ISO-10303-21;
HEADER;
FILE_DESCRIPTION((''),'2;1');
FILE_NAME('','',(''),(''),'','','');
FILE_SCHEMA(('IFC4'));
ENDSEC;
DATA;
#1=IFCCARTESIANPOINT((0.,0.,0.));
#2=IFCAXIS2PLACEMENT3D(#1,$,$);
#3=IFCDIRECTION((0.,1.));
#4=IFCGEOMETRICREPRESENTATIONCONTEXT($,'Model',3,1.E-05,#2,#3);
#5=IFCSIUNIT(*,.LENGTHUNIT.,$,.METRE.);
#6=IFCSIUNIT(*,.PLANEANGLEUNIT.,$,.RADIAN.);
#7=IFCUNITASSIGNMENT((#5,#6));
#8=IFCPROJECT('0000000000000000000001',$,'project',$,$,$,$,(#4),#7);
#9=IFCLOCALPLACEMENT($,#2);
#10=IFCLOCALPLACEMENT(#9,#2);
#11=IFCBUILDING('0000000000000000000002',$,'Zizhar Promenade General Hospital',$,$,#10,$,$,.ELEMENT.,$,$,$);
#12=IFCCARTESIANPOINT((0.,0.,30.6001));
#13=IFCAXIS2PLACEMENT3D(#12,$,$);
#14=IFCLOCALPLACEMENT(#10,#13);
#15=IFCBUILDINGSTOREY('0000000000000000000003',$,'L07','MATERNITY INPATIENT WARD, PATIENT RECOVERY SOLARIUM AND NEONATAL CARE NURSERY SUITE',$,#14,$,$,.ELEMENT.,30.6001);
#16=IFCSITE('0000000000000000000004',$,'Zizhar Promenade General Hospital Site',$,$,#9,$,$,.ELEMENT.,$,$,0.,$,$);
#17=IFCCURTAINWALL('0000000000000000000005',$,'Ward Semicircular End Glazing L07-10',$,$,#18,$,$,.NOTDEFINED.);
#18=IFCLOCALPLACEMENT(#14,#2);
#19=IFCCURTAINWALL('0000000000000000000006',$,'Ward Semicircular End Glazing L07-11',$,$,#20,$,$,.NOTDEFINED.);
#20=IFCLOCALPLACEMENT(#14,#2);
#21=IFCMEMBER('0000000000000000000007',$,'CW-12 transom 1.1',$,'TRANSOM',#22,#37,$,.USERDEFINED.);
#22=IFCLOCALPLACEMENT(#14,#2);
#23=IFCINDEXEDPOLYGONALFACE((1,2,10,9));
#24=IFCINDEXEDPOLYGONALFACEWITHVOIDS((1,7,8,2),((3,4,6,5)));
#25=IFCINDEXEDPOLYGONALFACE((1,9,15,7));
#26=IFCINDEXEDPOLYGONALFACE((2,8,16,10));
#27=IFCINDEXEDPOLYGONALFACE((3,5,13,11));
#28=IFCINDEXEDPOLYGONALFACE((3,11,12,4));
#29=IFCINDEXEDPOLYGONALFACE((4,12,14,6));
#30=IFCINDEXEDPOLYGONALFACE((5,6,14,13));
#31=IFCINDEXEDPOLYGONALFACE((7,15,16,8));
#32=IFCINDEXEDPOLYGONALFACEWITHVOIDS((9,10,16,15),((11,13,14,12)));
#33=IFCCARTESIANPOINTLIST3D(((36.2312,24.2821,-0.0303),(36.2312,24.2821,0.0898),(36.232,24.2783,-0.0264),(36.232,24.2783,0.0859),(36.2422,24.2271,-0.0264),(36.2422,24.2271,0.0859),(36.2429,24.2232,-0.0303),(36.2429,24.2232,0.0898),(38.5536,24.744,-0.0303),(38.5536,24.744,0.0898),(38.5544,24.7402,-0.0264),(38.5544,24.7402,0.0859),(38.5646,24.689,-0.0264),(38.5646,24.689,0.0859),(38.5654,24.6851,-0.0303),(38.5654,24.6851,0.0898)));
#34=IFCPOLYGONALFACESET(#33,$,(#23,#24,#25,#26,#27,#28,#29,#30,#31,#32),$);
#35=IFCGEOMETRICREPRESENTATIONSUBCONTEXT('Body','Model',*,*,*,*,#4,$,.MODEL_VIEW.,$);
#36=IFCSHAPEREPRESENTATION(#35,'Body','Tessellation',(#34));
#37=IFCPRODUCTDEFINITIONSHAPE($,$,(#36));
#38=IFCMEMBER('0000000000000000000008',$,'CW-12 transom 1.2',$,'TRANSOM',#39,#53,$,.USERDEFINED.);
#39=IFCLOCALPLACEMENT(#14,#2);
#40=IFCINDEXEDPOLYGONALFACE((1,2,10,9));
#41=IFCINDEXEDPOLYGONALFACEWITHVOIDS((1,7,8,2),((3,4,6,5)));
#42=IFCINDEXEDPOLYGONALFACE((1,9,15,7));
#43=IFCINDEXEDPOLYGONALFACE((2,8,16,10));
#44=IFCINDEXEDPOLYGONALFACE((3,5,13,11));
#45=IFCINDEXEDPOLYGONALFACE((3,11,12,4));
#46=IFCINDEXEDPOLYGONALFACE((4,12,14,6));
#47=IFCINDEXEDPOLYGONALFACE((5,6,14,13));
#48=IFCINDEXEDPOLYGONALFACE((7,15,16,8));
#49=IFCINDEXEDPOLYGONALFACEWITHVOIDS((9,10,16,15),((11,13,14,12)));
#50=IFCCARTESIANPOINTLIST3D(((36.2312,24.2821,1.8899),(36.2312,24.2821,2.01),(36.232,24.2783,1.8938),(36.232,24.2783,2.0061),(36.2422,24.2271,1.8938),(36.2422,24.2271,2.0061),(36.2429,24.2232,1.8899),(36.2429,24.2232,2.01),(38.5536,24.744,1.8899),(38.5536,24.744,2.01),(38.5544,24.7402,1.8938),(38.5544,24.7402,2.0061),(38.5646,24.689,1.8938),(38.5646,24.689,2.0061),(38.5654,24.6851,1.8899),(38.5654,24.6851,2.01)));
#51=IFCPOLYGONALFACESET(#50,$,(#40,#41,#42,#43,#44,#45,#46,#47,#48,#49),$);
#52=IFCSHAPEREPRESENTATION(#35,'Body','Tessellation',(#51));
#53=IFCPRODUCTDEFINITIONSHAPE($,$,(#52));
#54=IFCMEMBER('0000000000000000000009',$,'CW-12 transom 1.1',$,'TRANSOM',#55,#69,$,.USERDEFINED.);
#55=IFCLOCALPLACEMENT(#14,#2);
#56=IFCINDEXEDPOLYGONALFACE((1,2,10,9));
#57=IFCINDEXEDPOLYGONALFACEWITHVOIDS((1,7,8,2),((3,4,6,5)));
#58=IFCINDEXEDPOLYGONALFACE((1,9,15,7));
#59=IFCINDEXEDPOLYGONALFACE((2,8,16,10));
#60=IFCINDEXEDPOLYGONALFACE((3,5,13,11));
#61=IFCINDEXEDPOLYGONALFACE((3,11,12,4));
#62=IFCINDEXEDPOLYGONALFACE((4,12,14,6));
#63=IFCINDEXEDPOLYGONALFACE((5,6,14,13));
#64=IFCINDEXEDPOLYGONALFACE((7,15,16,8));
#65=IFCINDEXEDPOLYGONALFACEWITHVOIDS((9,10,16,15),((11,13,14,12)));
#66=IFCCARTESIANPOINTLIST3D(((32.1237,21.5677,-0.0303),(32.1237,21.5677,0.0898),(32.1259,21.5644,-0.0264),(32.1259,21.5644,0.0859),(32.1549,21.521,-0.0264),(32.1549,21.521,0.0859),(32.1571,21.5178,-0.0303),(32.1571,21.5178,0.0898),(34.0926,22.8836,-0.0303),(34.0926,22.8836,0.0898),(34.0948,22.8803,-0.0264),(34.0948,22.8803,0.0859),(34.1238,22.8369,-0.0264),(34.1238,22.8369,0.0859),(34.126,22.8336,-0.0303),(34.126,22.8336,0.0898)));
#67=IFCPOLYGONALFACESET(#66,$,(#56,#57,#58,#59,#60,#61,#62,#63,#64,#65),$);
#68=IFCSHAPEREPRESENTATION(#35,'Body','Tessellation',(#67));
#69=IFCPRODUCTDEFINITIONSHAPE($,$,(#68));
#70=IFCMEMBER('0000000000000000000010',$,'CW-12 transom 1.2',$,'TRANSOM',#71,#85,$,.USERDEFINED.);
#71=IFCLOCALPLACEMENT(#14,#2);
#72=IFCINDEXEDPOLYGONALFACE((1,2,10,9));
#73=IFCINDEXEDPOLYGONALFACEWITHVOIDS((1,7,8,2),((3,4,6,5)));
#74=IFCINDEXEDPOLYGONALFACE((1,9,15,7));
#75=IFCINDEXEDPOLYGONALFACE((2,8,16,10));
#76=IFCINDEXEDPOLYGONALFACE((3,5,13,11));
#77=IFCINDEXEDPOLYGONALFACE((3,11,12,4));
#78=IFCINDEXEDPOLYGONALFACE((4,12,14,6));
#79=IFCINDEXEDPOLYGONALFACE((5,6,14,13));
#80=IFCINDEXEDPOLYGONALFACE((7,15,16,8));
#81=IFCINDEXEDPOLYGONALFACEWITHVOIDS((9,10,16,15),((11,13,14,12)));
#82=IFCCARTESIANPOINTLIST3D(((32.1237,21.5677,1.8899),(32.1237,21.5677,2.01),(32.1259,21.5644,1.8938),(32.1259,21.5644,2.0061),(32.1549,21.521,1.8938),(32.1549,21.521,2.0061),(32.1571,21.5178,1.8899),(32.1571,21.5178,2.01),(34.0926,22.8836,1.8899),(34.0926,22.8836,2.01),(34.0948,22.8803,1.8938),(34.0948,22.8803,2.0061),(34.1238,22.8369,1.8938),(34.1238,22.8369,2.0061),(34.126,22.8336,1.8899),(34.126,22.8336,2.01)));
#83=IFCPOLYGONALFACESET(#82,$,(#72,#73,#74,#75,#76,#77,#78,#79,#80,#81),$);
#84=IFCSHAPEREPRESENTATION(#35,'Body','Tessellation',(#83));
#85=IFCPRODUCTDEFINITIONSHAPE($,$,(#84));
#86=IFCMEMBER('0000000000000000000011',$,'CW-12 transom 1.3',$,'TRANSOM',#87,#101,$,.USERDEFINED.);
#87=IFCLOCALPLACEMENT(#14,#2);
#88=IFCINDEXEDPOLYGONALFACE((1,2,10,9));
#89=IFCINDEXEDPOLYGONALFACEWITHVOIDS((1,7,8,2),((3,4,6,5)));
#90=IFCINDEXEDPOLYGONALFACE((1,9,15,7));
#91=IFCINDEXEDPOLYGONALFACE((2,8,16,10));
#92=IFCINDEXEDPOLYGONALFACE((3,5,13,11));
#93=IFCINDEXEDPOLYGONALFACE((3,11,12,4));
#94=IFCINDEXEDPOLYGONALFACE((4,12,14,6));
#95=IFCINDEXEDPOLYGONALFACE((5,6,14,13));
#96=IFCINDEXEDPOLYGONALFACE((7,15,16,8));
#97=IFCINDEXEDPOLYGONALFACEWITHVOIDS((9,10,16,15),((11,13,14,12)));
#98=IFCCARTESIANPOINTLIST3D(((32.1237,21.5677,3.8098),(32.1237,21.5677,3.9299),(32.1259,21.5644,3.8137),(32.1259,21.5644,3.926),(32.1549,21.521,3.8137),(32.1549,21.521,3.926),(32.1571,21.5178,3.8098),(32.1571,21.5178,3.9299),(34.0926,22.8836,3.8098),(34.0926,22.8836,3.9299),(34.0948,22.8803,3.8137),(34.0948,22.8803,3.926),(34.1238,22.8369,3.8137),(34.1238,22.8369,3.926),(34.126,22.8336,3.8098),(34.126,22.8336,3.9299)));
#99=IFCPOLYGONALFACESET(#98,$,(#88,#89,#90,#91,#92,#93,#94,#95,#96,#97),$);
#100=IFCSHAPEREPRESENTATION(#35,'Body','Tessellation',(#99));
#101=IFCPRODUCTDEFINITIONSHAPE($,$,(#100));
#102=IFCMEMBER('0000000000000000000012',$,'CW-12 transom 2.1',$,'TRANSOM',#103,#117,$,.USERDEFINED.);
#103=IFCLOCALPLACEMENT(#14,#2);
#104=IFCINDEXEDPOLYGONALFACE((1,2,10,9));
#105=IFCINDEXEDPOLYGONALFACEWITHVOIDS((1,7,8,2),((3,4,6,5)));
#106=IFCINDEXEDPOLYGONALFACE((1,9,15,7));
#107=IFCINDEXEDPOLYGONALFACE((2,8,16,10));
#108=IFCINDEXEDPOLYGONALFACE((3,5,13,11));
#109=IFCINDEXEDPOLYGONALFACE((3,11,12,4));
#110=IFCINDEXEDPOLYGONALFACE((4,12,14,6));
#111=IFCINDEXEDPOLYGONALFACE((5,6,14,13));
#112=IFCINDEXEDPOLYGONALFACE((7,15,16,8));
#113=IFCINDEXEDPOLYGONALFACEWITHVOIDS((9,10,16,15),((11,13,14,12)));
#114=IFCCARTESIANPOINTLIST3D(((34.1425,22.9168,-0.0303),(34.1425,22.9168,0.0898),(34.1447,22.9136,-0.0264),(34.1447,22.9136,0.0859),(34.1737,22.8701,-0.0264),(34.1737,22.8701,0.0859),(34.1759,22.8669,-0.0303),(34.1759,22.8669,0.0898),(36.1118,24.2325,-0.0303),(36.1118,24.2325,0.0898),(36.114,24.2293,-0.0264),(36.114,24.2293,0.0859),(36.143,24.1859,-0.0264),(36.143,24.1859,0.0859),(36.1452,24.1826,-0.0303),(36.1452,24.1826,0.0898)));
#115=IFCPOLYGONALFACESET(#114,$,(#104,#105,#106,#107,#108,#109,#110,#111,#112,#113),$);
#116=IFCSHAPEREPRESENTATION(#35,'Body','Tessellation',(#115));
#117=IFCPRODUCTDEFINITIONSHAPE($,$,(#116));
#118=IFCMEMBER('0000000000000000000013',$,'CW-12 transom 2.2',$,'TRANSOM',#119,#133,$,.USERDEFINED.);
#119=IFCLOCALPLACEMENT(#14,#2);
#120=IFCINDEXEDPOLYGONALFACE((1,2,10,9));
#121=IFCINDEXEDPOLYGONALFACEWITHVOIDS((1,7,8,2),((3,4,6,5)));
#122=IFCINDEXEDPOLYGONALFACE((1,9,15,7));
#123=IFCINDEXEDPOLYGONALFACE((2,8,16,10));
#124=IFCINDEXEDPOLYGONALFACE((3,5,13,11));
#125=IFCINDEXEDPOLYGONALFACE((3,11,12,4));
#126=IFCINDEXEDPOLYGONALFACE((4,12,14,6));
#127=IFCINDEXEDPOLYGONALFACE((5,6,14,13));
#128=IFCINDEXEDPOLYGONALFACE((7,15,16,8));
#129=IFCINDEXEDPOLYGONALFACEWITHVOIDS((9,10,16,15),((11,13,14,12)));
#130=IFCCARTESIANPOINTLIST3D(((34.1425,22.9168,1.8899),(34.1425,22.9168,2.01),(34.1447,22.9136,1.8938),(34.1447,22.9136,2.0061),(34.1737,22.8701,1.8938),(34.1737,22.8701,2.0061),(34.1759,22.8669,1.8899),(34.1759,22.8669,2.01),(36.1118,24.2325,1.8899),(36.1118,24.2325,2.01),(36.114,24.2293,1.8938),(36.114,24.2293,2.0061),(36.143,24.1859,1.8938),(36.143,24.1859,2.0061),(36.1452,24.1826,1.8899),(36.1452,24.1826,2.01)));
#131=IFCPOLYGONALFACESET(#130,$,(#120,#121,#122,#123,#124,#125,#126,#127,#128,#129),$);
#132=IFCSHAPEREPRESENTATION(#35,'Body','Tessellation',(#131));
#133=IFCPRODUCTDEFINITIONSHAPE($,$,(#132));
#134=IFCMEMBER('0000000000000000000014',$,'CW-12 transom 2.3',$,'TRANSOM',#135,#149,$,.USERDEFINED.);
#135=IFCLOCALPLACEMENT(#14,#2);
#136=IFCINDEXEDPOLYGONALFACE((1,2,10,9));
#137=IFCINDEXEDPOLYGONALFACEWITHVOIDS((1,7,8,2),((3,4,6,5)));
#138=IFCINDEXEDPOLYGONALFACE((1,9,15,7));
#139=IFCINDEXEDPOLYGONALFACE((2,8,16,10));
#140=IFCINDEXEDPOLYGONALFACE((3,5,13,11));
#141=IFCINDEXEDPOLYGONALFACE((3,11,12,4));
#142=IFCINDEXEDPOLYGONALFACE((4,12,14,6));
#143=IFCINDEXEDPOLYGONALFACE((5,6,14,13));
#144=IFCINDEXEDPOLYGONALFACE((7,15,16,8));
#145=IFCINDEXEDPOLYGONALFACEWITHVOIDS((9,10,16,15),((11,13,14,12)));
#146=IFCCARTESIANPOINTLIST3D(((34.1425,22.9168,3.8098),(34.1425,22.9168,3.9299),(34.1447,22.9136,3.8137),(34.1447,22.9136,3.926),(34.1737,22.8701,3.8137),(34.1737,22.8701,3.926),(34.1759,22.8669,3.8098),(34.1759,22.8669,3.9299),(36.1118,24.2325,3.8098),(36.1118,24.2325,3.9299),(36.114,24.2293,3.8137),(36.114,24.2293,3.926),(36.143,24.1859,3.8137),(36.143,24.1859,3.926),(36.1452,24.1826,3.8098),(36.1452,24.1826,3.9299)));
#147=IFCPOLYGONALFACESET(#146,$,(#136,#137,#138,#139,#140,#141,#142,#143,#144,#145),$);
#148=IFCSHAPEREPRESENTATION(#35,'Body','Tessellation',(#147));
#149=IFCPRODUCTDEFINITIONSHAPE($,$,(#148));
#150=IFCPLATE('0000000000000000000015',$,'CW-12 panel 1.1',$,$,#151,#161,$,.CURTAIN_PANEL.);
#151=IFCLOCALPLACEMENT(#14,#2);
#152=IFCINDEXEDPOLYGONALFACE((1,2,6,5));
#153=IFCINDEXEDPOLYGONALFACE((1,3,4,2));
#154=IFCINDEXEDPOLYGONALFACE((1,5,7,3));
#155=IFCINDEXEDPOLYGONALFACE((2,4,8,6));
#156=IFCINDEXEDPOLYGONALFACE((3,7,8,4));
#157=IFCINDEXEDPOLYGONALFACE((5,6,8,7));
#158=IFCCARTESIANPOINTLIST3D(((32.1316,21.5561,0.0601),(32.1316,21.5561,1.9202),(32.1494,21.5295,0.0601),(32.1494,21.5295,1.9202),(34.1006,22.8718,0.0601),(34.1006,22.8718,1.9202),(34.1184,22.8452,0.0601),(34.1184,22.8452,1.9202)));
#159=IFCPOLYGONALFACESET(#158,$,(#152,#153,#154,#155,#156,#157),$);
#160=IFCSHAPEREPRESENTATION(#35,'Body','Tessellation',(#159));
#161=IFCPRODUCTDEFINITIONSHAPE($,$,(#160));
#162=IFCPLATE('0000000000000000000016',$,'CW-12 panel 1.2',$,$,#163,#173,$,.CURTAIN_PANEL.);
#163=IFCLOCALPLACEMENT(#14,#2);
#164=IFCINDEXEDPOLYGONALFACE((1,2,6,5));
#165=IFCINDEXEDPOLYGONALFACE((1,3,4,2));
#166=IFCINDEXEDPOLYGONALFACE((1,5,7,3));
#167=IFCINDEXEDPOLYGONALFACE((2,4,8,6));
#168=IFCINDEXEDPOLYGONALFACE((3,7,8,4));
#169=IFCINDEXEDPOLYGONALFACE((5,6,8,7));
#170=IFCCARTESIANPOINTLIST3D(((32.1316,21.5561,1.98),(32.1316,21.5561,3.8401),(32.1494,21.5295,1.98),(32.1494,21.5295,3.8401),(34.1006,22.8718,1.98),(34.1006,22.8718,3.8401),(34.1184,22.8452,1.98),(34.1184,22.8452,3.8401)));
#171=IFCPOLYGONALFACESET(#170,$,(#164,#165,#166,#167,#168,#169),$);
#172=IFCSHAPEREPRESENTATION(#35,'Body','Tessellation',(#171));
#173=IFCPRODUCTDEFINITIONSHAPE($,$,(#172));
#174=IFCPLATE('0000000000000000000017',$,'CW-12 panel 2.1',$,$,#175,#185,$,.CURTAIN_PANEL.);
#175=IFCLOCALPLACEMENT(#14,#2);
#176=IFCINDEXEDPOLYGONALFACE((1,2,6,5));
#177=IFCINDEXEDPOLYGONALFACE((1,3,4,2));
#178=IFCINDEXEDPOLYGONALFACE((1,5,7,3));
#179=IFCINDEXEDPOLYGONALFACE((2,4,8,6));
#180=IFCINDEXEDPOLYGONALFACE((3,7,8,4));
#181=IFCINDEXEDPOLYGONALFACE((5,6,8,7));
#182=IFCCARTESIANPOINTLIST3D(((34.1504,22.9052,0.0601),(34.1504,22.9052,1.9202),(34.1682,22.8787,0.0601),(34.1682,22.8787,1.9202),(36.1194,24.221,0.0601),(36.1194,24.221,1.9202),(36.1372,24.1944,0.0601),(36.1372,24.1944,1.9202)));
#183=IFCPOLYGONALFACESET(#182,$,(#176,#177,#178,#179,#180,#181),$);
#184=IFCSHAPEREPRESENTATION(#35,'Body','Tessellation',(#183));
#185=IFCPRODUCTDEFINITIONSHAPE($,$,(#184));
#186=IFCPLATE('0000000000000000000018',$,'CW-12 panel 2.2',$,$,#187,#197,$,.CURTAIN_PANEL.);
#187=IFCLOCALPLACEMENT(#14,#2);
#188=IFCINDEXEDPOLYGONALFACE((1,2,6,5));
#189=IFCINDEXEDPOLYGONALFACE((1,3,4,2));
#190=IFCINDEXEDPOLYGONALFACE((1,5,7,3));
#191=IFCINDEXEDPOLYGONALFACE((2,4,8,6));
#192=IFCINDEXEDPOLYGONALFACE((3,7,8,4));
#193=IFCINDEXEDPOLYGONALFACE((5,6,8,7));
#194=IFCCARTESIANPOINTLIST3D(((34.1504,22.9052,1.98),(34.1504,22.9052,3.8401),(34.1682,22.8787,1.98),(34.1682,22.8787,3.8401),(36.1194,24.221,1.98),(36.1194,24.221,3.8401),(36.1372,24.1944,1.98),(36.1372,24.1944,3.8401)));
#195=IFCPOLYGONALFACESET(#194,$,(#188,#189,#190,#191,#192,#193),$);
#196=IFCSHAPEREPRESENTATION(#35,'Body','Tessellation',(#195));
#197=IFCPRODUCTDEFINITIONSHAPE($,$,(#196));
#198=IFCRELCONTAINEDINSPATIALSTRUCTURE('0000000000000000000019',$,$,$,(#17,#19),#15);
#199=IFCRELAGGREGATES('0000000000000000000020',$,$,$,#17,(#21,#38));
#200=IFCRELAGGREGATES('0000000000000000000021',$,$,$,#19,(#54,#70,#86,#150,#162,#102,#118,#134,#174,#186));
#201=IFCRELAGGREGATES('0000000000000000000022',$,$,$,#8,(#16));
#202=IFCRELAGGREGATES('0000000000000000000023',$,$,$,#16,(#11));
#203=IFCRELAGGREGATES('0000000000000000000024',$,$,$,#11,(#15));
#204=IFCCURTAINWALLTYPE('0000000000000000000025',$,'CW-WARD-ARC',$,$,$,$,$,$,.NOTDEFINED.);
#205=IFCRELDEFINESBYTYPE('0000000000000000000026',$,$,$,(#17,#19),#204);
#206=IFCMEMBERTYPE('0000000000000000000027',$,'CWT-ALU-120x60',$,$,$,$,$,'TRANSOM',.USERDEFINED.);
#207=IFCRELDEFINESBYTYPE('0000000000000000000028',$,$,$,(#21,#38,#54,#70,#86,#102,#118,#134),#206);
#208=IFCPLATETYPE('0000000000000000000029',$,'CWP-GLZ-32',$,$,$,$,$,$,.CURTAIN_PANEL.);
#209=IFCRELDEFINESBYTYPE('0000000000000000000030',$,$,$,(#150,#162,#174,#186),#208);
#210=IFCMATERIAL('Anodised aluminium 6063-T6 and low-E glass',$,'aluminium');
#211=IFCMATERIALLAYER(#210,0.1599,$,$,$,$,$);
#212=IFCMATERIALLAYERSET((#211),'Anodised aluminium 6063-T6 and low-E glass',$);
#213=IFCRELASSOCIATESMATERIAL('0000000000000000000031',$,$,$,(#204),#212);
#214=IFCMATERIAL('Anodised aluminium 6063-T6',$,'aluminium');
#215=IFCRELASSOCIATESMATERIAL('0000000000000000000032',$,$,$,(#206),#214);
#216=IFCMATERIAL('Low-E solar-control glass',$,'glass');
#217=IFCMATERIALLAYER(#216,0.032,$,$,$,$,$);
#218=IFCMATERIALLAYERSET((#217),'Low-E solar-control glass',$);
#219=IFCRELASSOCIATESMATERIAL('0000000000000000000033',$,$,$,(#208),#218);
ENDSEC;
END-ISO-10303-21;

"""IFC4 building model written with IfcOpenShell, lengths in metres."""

from ifc_helpers import new_model, si_unit, direction, frame, origin, origin_2d, place, context, subcontext, project, spatial, rectangle, hollow_rectangle, extrude, material, layer, layer_set, material_profile, profile_set, type_object, element, aggregate, save


model = new_model("IFC4")

# Units and contexts
model_context = context("Model", 3, precision=1e-05, world=origin(), true_north=direction((0.0, 1.0)))
body_context = subcontext(model_context, "Body", "Model", "MODEL_VIEW")
ifc_project = project(units=[si_unit("LENGTHUNIT", "METRE"), si_unit("PLANEANGLEUNIT", "RADIAN")], contexts=[model_context])

# Site, building, storey
site_placement = place(None, origin())
site = spatial("IfcSite", under=ifc_project, at=site_placement, Name="Zizhar Promenade General Hospital Site", CompositionType="ELEMENT", RefElevation=0.0)
building_placement = place(site_placement, origin())
building = spatial("IfcBuilding", under=site, at=building_placement, Name="Zizhar Promenade General Hospital", CompositionType="ELEMENT")
storey_placement = place(building_placement, frame((0.0, 0.0, 30.6001)))
storey = spatial("IfcBuildingStorey", under=building, at=storey_placement, Name="L07", Description="MATERNITY INPATIENT WARD, PATIENT RECOVERY SOLARIUM AND NEONATAL CARE NURSERY SUITE", CompositionType="ELEMENT", Elevation=30.6001)

# Curtain wall
ifc_material_1 = material(Name="Anodised aluminium 6063-T6 and low-E glass", Category="aluminium")
ifc_layer_1 = layer(ifc_material_1, 0.1599)
ifc_layer_set_1 = layer_set([ifc_layer_1], Name="Anodised aluminium 6063-T6 and low-E glass")
curtain_wall_type = type_object("IfcCurtainWallType", Name="CW-WARD-ARC", PredefinedType="NOTDEFINED", material=ifc_layer_set_1)
curtain_wall_1_placement = place(storey_placement, origin())
curtain_wall_1 = element("IfcCurtainWall", 1, at=curtain_wall_1_placement, inside=storey, type_object=curtain_wall_type, Name="Ward Semicircular End Glazing L07-10", PredefinedType="NOTDEFINED")

# Curtain wall
curtain_wall_2_placement = place(storey_placement, origin())
curtain_wall_2 = element("IfcCurtainWall", 2, at=curtain_wall_2_placement, inside=storey, type_object=curtain_wall_type, Name="Ward Semicircular End Glazing L07-11", PredefinedType="NOTDEFINED")

# Members
ifc_material_2 = material(Name="Anodised aluminium 6063-T6", Category="aluminium")
ifc_material_profile_1 = material_profile(ifc_material_2, hollow_rectangle(XDim=0.0601, YDim=0.1201, WallThickness=0.0039, at=origin_2d()))
ifc_profile_set_1 = profile_set([ifc_material_profile_1], Name="Anodised aluminium 6063-T6")
member_type_1 = type_object("IfcMemberType", Name="CWT-ALU-120x60", ElementType="TRANSOM", PredefinedType="USERDEFINED", material=ifc_profile_set_1)
member_1_placement = place(storey_placement, frame((36.2371, 24.2527, 0.0298), z_axis=(0.98079, 0.195065, 0.0), x_axis=(-0.195065, 0.98079, 0.0)))
member_1 = element("IfcMember", 3, at=member_1_placement, type_object=member_type_1, Name="CW-12 transom 1.1", ObjectType="TRANSOM", PredefinedType="USERDEFINED", context=body_context, shape_type="SweptSolid", body=[
    extrude(hollow_rectangle(XDim=0.0601, YDim=0.1201, WallThickness=0.0039, at=origin_2d()), origin(), (0.0, 0.0, 1.0), 2.3679),
])
member_2_placement = place(storey_placement, frame((36.2371, 24.2527, 1.95), z_axis=(0.98079, 0.195065, 0.0), x_axis=(-0.195065, 0.98079, 0.0)))
member_2 = element("IfcMember", 4, at=member_2_placement, type_object=member_type_1, Name="CW-12 transom 1.2", ObjectType="TRANSOM", PredefinedType="USERDEFINED", context=body_context, shape_type="SweptSolid", body=[
    extrude(hollow_rectangle(XDim=0.0601, YDim=0.1201, WallThickness=0.0039, at=origin_2d()), origin(), (0.0, 0.0, 1.0), 2.3679),
])
aggregate(curtain_wall_1, [member_1, member_2])
member_3_placement = place(storey_placement, frame((32.1404, 21.5427, 0.0298), z_axis=(0.831415, 0.555651, 0.0), x_axis=(-0.555651, 0.831415, 0.0)))
member_3 = element("IfcMember", 5, at=member_3_placement, type_object=member_type_1, Name="CW-12 transom 1.1", ObjectType="TRANSOM", PredefinedType="USERDEFINED", context=body_context, shape_type="SweptSolid", body=[
    extrude(hollow_rectangle(XDim=0.0601, YDim=0.1201, WallThickness=0.0039, at=origin_2d()), origin(), (0.0, 0.0, 1.0), 2.3682),
])
member_4_placement = place(storey_placement, frame((32.1404, 21.5427, 1.95), z_axis=(0.831415, 0.555651, 0.0), x_axis=(-0.555651, 0.831415, 0.0)))
member_4 = element("IfcMember", 6, at=member_4_placement, type_object=member_type_1, Name="CW-12 transom 1.2", ObjectType="TRANSOM", PredefinedType="USERDEFINED", context=body_context, shape_type="SweptSolid", body=[
    extrude(hollow_rectangle(XDim=0.0601, YDim=0.1201, WallThickness=0.0039, at=origin_2d()), origin(), (0.0, 0.0, 1.0), 2.3682),
])
member_5_placement = place(storey_placement, frame((32.1404, 21.5427, 3.8699), z_axis=(0.831415, 0.555651, 0.0), x_axis=(-0.555651, 0.831415, 0.0)))
member_5 = element("IfcMember", 7, at=member_5_placement, type_object=member_type_1, Name="CW-12 transom 1.3", ObjectType="TRANSOM", PredefinedType="USERDEFINED", context=body_context, shape_type="SweptSolid", body=[
    extrude(hollow_rectangle(XDim=0.0601, YDim=0.1201, WallThickness=0.0039, at=origin_2d()), origin(), (0.0, 0.0, 1.0), 2.3682),
])
member_6_placement = place(storey_placement, frame((34.1592, 22.8918, 0.0298), z_axis=(0.831495, 0.555533, 0.0), x_axis=(-0.555533, 0.831495, 0.0)))
member_6 = element("IfcMember", 8, at=member_6_placement, type_object=member_type_1, Name="CW-12 transom 2.1", ObjectType="TRANSOM", PredefinedType="USERDEFINED", context=body_context, shape_type="SweptSolid", body=[
    extrude(hollow_rectangle(XDim=0.0601, YDim=0.1201, WallThickness=0.0039, at=origin_2d()), origin(), (0.0, 0.0, 1.0), 2.3684),
])
member_7_placement = place(storey_placement, frame((34.1592, 22.8918, 1.95), z_axis=(0.831495, 0.555533, 0.0), x_axis=(-0.555533, 0.831495, 0.0)))
member_7 = element("IfcMember", 9, at=member_7_placement, type_object=member_type_1, Name="CW-12 transom 2.2", ObjectType="TRANSOM", PredefinedType="USERDEFINED", context=body_context, shape_type="SweptSolid", body=[
    extrude(hollow_rectangle(XDim=0.0601, YDim=0.1201, WallThickness=0.0039, at=origin_2d()), origin(), (0.0, 0.0, 1.0), 2.3684),
])
member_8_placement = place(storey_placement, frame((34.1592, 22.8918, 3.8699), z_axis=(0.831495, 0.555533, 0.0), x_axis=(-0.555533, 0.831495, 0.0)))
member_8 = element("IfcMember", 10, at=member_8_placement, type_object=member_type_1, Name="CW-12 transom 2.3", ObjectType="TRANSOM", PredefinedType="USERDEFINED", context=body_context, shape_type="SweptSolid", body=[
    extrude(hollow_rectangle(XDim=0.0601, YDim=0.1201, WallThickness=0.0039, at=origin_2d()), origin(), (0.0, 0.0, 1.0), 2.3684),
])

# Plates
ifc_material_3 = material(Name="Low-E solar-control glass", Category="glass")
ifc_layer_2 = layer(ifc_material_3, 0.032)
ifc_layer_set_2 = layer_set([ifc_layer_2], Name="Low-E solar-control glass")
plate_type = type_object("IfcPlateType", Name="CWP-GLZ-32", PredefinedType="CURTAIN_PANEL", material=ifc_layer_set_2)
plate_1_placement = place(storey_placement, frame((33.125, 22.2007, 0.0601), z_axis=(0.0, 0.0, 1.0), x_axis=(0.831462, 0.555582, 0.0)))
plate_1 = element("IfcPlate", 11, at=plate_1_placement, type_object=plate_type, Name="CW-12 panel 1.1", PredefinedType="CURTAIN_PANEL", context=body_context, shape_type="SweptSolid", body=[
    extrude(rectangle(XDim=2.3682, YDim=0.032, at=origin_2d()), origin(), (0.0, 0.0, 1.0), 1.8601),
])
plate_2_placement = place(storey_placement, frame((33.125, 22.2007, 1.98), z_axis=(0.0, 0.0, 1.0), x_axis=(0.831462, 0.555582, 0.0)))
plate_2 = element("IfcPlate", 12, at=plate_2_placement, type_object=plate_type, Name="CW-12 panel 1.2", PredefinedType="CURTAIN_PANEL", context=body_context, shape_type="SweptSolid", body=[
    extrude(rectangle(XDim=2.3682, YDim=0.032, at=origin_2d()), origin(), (0.0, 0.0, 1.0), 1.8601),
])
plate_3_placement = place(storey_placement, frame((35.1438, 23.5498, 0.0601), z_axis=(0.0, 0.0, 1.0), x_axis=(0.831462, 0.555582, 0.0)))
plate_3 = element("IfcPlate", 13, at=plate_3_placement, type_object=plate_type, Name="CW-12 panel 2.1", PredefinedType="CURTAIN_PANEL", context=body_context, shape_type="SweptSolid", body=[
    extrude(rectangle(XDim=2.3682, YDim=0.032, at=origin_2d()), origin(), (0.0, 0.0, 1.0), 1.8601),
])
plate_4_placement = place(storey_placement, frame((35.1438, 23.5498, 1.98), z_axis=(0.0, 0.0, 1.0), x_axis=(0.831462, 0.555582, 0.0)))
plate_4 = element("IfcPlate", 14, at=plate_4_placement, type_object=plate_type, Name="CW-12 panel 2.2", PredefinedType="CURTAIN_PANEL", context=body_context, shape_type="SweptSolid", body=[
    extrude(rectangle(XDim=2.3682, YDim=0.032, at=origin_2d()), origin(), (0.0, 0.0, 1.0), 1.8601),
])
aggregate(curtain_wall_2, [member_3, member_4, member_5, plate_1, plate_2, member_6, member_7, member_8, plate_3, plate_4])

save(model, "model.ifc")
